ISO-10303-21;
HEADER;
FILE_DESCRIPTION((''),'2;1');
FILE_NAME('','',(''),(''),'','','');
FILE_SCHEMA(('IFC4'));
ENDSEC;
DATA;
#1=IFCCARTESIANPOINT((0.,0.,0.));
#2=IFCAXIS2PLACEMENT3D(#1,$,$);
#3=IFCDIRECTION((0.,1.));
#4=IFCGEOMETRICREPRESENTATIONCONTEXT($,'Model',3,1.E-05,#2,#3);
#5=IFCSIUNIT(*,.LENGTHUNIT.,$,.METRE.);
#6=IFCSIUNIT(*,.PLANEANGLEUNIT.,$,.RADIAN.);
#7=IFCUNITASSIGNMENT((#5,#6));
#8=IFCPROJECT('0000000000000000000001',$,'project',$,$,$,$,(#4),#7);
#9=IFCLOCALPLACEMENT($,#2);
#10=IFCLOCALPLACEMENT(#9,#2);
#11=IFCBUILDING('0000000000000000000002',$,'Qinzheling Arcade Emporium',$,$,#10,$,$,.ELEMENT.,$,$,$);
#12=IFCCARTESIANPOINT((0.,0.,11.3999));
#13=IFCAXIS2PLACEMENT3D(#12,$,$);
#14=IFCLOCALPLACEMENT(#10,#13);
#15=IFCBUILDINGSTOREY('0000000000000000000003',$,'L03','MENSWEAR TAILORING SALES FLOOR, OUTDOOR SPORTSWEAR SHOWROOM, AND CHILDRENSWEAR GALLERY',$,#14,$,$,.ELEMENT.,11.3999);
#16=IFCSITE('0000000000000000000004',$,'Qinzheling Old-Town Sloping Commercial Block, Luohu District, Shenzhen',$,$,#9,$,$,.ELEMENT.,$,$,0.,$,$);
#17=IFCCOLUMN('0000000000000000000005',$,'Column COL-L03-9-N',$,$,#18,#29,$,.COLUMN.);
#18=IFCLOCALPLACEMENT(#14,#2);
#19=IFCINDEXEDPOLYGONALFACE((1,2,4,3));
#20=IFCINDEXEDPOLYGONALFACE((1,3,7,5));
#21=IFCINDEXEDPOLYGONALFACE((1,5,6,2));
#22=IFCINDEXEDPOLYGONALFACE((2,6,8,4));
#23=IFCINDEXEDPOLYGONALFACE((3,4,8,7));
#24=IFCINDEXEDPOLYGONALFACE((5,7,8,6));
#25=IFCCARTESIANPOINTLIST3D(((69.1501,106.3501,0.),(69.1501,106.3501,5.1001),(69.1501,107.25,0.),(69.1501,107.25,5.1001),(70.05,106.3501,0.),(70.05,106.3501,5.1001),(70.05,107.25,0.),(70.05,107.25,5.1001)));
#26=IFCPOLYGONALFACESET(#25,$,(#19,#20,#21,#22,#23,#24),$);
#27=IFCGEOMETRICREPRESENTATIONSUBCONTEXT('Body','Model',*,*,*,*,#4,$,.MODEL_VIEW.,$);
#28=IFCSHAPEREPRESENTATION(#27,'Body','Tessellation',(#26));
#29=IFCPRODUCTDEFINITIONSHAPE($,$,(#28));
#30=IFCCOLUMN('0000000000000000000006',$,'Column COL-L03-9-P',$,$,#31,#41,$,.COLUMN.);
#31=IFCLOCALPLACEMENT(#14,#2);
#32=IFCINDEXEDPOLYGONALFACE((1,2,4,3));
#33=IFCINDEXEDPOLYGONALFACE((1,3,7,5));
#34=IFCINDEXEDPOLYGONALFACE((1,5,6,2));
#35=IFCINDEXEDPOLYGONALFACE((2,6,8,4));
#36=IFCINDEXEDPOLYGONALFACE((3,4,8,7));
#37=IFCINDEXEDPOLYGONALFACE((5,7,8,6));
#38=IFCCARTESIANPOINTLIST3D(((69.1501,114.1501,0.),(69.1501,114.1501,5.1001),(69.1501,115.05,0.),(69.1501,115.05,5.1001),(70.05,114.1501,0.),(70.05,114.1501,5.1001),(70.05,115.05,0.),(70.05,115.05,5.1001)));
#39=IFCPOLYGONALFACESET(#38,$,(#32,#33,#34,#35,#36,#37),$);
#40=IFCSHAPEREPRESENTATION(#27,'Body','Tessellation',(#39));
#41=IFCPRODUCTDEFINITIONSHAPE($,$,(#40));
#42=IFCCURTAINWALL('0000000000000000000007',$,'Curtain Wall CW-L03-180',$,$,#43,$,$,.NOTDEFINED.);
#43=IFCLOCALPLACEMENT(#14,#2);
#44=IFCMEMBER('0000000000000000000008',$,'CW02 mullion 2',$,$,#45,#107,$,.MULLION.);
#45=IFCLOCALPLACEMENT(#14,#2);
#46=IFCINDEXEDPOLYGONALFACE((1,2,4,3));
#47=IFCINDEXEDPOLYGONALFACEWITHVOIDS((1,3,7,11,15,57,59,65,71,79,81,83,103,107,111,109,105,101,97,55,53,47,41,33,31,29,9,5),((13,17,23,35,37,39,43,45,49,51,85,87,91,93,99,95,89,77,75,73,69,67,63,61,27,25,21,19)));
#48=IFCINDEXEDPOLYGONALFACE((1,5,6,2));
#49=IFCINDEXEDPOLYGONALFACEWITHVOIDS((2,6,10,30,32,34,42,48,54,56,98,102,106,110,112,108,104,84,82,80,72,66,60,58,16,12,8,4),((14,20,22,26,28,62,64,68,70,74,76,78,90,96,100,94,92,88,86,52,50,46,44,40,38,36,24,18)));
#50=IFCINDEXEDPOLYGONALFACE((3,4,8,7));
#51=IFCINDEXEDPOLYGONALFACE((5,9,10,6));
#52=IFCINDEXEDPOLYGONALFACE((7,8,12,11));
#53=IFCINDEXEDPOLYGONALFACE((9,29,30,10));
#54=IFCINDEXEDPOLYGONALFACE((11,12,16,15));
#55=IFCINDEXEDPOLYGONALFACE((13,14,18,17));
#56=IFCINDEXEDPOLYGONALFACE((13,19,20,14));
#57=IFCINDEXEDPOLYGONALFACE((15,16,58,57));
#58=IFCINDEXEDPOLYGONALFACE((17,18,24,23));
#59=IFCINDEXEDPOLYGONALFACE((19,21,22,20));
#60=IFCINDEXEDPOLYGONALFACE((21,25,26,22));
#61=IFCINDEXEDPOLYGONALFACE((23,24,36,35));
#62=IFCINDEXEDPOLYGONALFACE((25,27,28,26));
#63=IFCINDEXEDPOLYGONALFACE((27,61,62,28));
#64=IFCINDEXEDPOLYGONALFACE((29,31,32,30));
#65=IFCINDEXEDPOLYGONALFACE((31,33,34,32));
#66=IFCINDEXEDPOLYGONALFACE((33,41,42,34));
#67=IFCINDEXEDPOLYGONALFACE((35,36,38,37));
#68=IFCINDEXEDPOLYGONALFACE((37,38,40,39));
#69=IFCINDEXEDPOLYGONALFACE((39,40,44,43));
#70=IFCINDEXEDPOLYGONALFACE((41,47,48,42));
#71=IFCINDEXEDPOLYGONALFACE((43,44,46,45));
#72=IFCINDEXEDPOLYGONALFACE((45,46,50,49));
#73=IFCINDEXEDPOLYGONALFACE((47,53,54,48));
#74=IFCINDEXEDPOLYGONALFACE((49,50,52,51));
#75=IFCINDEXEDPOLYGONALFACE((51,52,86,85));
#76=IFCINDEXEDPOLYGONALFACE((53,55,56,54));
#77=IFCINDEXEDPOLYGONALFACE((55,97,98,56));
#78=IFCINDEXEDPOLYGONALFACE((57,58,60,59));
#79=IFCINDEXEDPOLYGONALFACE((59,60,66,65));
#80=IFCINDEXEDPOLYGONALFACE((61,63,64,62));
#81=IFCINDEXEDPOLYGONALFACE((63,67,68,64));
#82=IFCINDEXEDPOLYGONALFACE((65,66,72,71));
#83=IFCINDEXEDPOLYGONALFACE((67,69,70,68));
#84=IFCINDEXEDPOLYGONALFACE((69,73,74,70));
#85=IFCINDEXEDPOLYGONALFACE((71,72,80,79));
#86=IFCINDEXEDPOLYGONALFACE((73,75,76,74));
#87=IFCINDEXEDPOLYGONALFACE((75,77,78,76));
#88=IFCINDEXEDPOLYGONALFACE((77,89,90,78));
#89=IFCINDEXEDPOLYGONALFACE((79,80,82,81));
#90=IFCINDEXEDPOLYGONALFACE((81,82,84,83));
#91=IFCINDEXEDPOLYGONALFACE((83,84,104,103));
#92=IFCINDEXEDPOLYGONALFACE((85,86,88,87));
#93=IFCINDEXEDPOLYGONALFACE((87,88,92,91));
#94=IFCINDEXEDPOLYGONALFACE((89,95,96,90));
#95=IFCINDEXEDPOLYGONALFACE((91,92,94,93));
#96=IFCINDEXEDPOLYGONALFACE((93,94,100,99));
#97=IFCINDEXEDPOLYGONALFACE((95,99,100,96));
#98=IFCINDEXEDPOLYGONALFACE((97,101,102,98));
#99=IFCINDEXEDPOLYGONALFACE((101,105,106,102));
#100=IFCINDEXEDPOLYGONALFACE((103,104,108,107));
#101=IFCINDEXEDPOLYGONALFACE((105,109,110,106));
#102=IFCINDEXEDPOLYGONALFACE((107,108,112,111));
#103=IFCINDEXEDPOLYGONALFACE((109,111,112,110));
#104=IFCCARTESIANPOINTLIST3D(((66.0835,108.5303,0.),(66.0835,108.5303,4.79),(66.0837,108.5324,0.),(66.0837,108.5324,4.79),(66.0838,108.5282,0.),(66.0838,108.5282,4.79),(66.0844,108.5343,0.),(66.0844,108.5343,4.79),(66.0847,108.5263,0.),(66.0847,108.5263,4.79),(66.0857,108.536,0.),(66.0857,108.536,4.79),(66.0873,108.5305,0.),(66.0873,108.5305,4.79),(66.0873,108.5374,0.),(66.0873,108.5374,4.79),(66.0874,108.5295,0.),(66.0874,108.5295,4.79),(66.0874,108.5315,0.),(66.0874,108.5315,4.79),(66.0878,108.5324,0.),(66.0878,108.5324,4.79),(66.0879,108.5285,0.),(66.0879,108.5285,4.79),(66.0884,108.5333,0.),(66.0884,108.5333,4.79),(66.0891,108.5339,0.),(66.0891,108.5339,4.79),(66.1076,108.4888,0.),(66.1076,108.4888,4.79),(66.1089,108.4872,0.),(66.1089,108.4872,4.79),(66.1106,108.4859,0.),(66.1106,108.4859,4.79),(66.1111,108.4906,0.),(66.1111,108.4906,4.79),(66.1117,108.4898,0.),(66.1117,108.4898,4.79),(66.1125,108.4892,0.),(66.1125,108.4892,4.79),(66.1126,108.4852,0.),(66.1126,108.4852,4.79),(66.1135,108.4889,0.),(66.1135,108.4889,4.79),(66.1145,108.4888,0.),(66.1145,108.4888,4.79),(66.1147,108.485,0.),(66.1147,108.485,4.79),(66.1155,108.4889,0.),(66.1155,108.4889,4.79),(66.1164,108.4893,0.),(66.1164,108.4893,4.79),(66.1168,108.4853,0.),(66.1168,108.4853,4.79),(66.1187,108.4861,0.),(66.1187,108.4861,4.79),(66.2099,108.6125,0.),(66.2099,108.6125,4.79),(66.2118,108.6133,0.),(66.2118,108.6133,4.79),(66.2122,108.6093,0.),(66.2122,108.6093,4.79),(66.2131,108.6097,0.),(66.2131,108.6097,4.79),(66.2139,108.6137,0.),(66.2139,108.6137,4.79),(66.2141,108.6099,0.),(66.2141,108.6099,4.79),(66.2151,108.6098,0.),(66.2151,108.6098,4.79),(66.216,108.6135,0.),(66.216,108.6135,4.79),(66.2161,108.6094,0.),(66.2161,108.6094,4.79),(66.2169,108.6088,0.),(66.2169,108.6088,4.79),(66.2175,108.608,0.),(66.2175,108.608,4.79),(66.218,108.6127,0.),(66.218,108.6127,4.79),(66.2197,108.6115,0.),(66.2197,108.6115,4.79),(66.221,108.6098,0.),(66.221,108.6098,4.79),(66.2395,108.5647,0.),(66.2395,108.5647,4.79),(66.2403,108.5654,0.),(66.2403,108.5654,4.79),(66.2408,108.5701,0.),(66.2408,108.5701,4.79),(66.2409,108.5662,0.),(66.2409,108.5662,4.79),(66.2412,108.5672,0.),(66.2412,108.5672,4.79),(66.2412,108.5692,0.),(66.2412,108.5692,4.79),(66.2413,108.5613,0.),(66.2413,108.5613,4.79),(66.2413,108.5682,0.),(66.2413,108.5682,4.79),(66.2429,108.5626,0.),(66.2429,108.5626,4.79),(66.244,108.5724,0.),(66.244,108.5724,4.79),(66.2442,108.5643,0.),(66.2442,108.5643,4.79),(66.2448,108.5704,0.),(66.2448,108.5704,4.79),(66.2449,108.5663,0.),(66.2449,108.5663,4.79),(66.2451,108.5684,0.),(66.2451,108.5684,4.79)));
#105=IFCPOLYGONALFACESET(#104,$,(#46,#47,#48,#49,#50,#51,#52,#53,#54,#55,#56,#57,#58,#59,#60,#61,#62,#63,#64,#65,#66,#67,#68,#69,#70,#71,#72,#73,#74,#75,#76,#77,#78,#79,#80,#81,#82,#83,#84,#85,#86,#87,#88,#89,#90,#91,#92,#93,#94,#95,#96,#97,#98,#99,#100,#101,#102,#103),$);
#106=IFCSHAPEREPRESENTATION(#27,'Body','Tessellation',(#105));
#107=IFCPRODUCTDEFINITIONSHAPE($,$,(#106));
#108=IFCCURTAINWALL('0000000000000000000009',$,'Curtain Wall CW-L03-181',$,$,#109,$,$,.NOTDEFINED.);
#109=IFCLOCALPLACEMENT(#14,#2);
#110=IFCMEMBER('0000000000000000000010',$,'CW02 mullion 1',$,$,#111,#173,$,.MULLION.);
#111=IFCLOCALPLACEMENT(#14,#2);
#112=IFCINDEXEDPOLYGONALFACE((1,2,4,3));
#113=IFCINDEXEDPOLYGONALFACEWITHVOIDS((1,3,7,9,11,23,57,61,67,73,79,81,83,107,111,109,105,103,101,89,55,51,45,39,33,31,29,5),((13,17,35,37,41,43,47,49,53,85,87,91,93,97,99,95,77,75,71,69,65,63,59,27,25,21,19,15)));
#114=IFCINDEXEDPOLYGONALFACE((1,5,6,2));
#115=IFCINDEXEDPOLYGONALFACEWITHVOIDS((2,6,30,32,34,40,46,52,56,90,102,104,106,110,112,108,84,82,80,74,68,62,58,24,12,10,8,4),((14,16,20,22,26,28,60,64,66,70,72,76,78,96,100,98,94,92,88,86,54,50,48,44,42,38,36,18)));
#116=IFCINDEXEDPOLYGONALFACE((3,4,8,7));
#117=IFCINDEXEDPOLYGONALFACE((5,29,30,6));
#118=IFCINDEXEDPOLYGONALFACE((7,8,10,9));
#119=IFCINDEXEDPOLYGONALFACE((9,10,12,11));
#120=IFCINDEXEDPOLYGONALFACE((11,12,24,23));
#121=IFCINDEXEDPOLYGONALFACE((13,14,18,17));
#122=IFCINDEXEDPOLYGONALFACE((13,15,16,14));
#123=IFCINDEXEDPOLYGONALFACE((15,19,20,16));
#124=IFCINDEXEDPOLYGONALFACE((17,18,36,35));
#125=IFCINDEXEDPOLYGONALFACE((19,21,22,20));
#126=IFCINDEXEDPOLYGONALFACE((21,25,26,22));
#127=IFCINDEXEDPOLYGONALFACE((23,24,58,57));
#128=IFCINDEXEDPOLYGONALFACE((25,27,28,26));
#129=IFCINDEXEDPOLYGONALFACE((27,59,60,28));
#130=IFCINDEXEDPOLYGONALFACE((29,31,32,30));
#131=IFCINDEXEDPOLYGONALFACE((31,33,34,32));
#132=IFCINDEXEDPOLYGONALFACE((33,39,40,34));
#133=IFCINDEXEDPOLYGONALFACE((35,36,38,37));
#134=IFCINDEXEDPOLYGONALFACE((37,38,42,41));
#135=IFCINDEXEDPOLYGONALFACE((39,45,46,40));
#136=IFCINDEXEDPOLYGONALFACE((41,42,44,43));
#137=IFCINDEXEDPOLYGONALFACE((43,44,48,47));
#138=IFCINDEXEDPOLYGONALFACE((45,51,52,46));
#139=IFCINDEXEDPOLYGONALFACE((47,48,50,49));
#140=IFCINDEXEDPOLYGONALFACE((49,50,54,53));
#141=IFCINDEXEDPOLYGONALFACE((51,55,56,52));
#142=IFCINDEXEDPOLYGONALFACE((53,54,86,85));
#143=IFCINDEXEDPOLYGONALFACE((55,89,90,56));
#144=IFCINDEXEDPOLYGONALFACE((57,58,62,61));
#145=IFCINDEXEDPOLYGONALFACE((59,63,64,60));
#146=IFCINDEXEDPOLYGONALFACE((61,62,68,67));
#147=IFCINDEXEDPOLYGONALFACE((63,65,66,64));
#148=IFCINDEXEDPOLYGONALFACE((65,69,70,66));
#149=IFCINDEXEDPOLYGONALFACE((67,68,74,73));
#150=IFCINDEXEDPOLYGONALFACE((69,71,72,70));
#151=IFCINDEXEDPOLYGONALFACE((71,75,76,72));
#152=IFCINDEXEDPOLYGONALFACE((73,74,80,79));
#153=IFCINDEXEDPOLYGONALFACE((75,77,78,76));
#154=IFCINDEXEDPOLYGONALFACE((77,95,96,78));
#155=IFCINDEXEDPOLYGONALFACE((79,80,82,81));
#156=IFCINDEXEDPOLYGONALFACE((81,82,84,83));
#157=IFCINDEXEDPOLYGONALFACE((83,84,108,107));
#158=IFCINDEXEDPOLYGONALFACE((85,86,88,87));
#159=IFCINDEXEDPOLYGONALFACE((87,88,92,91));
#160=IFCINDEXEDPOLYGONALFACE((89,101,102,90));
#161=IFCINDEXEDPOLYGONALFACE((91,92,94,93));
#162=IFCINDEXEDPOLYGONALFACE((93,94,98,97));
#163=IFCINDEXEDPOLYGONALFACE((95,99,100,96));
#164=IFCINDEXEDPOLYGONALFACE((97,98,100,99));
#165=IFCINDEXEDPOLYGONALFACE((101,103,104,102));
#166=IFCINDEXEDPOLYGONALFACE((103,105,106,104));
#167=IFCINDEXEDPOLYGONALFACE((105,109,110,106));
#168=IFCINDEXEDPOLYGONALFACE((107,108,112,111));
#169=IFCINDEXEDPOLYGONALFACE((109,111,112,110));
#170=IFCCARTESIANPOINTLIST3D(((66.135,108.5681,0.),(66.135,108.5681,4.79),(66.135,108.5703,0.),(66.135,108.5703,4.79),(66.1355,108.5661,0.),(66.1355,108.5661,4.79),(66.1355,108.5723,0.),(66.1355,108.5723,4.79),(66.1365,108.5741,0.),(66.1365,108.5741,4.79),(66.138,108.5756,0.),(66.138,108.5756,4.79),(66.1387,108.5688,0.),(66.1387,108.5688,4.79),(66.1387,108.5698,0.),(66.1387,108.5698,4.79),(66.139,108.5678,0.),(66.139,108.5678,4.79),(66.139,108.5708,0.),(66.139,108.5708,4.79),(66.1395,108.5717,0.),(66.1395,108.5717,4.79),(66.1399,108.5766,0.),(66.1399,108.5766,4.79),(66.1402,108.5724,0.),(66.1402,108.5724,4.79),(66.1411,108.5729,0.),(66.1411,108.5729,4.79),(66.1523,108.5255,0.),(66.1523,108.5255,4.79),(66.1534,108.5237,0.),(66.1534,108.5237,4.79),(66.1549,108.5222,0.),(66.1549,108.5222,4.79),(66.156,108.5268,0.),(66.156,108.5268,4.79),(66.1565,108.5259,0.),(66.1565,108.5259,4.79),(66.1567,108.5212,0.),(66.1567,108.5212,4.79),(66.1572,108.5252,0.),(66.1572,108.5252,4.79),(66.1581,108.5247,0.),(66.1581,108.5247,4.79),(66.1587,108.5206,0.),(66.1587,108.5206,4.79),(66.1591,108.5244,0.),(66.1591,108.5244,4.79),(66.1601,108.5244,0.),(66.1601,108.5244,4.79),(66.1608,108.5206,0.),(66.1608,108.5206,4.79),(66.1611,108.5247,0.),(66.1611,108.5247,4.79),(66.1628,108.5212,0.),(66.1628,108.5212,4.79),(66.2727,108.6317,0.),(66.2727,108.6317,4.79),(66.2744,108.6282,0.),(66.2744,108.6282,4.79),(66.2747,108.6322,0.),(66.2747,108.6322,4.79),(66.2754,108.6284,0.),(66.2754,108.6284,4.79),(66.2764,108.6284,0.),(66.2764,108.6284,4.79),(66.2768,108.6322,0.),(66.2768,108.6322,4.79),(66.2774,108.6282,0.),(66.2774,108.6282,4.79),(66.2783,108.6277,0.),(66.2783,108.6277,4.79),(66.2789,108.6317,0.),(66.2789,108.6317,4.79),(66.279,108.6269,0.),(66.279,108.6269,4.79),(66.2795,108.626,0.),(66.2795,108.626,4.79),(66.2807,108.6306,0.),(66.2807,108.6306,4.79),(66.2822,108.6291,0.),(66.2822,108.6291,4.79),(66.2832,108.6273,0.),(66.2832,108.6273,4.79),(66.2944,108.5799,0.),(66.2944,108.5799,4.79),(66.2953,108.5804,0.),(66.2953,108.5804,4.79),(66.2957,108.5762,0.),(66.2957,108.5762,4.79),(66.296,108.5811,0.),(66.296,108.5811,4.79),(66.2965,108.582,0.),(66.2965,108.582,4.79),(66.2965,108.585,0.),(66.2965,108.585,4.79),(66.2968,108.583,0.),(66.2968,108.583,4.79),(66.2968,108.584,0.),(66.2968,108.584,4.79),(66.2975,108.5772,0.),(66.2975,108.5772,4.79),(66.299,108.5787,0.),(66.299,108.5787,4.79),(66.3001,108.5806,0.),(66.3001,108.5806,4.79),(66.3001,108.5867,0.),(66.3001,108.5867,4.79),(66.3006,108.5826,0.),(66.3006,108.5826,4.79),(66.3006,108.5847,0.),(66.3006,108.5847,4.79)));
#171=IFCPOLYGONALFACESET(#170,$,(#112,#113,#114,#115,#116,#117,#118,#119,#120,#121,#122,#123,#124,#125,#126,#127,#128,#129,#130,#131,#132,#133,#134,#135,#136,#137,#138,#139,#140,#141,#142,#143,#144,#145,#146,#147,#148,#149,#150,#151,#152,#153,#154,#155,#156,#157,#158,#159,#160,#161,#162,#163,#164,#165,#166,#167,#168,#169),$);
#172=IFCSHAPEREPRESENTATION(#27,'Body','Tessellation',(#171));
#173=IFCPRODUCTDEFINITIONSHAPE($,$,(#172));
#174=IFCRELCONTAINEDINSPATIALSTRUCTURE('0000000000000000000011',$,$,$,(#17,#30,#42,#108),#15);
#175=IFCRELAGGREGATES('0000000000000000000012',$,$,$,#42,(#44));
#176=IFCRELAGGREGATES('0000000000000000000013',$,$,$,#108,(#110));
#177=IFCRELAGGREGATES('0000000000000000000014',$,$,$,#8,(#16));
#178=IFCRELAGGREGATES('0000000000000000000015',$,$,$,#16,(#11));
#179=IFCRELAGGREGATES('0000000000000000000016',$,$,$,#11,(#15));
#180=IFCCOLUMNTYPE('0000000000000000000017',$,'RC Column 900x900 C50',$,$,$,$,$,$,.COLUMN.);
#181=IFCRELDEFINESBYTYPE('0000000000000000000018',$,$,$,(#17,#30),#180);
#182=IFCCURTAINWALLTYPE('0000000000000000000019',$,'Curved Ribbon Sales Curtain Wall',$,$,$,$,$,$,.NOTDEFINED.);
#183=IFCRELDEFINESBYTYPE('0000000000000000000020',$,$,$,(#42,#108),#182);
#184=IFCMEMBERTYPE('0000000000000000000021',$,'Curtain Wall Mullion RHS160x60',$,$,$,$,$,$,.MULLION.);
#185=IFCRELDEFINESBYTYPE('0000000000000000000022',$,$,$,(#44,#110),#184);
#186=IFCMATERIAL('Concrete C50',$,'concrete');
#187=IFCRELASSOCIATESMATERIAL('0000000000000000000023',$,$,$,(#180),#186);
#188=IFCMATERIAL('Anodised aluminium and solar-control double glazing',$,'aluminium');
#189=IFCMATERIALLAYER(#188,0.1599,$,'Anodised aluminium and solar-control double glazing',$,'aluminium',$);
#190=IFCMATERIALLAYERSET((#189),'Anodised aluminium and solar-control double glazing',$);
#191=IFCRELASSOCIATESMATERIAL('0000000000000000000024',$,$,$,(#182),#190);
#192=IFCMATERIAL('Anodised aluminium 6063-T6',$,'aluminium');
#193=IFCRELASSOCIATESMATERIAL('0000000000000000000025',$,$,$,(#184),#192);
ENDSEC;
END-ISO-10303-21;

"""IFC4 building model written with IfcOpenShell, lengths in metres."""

from ifc_helpers import new_model, si_unit, direction, frame, origin, origin_2d, place, context, subcontext, project, spatial, rectangle, hollow_rectangle, extrude, material, layer, layer_set, material_profile, profile_set, type_object, element, aggregate, save


model = new_model("IFC4")

# Units and contexts
model_context = context("Model", 3, precision=1e-05, world=origin(), true_north=direction((0.0, 1.0)))
body_context = subcontext(model_context, "Body", "Model", "MODEL_VIEW")
ifc_project = project(units=[si_unit("LENGTHUNIT", "METRE"), si_unit("PLANEANGLEUNIT", "RADIAN")], contexts=[model_context])

# Site, building, storey
site_placement = place(None, origin())
site = spatial("IfcSite", under=ifc_project, at=site_placement, Name="Qinzheling Old-Town Sloping Commercial Block, Luohu District, Shenzhen", CompositionType="ELEMENT", RefElevation=0.0)
building_placement = place(site_placement, origin())
building = spatial("IfcBuilding", under=site, at=building_placement, Name="Qinzheling Arcade Emporium", CompositionType="ELEMENT")
storey_placement = place(building_placement, frame((0.0, 0.0, 11.3999)))
storey = spatial("IfcBuildingStorey", under=building, at=storey_placement, Name="L03", Description="MENSWEAR TAILORING SALES FLOOR, OUTDOOR SPORTSWEAR SHOWROOM, AND CHILDRENSWEAR GALLERY", CompositionType="ELEMENT", Elevation=11.3999)

# Columns
ifc_material_1 = material(Name="Concrete C50", Category="concrete")
ifc_material_profile_1 = material_profile(ifc_material_1, rectangle(XDim=0.8999, YDim=0.8999, at=origin_2d()), Name="RC 900x900", Category="concrete")
ifc_profile_set_1 = profile_set([ifc_material_profile_1], Name="Concrete C50")
column_type = type_object("IfcColumnType", Name="RC Column 900x900 C50", PredefinedType="COLUMN", material=ifc_profile_set_1)
for number, where, z_axis, x_axis, name in (
    (1, (69.6001, 106.8, 0.0), (0.0, 0.0, 1.0), (1.0, 0.0, 0.0), "Column COL-L03-9-N"),
    (2, (69.6001, 114.6001, 0.0), (0.0, 0.0, 1.0), (1.0, 0.0, 0.0), "Column COL-L03-9-P"),
):
    element("IfcColumn", number, at=place(storey_placement, frame(where, z_axis=z_axis, x_axis=x_axis)), inside=storey, type_object=column_type, Name=name, PredefinedType="COLUMN", context=body_context, shape_type="SweptSolid", body=[
        extrude(rectangle(XDim=0.8999, YDim=0.8999, at=origin_2d()), origin(), (0.0, 0.0, 1.0), 5.1001),
    ])

# Curtain wall, member
ifc_material_2 = material(Name="Anodised aluminium and solar-control double glazing", Category="aluminium")
ifc_layer_1 = layer(ifc_material_2, 0.1599, Name="Anodised aluminium and solar-control double glazing", Category="aluminium")
ifc_layer_set_1 = layer_set([ifc_layer_1], Name="Anodised aluminium and solar-control double glazing")
curtain_wall_type = type_object("IfcCurtainWallType", Name="Curved Ribbon Sales Curtain Wall", PredefinedType="NOTDEFINED", material=ifc_layer_set_1)
curtain_wall_1_placement = place(storey_placement, origin())
curtain_wall_1 = element("IfcCurtainWall", 3, at=curtain_wall_1_placement, inside=storey, type_object=curtain_wall_type, Name="Curtain Wall CW-L03-180", PredefinedType="NOTDEFINED")
ifc_material_3 = material(Name="Anodised aluminium 6063-T6", Category="aluminium")
ifc_material_profile_2 = material_profile(ifc_material_3, hollow_rectangle(XDim=0.0601, YDim=0.1599, WallThickness=0.0039, InnerFilletRadius=0.0039, OuterFilletRadius=0.0081, at=origin_2d()), Name="RHS 160x60x4", Category="aluminium")
ifc_profile_set_2 = profile_set([ifc_material_profile_2], Name="Anodised aluminium 6063-T6")
member_type_1 = type_object("IfcMemberType", Name="Curtain Wall Mullion RHS160x60", PredefinedType="MULLION", material=ifc_profile_set_2)
member_1_placement = place(storey_placement, frame((66.1643, 108.5493, 0.0), z_axis=(0.0, 0.0, 1.0), x_axis=(-0.522532, 0.85262, 0.0)))
member_1 = element("IfcMember", 4, at=member_1_placement, type_object=member_type_1, Name="CW02 mullion 2", PredefinedType="MULLION", context=body_context, shape_type="SweptSolid", body=[
    extrude(hollow_rectangle(XDim=0.0601, YDim=0.1599, WallThickness=0.0039, InnerFilletRadius=0.0039, OuterFilletRadius=0.0081, at=origin_2d()), origin(), (0.0, 0.0, 1.0), 4.79),
])

# Curtain wall, member
curtain_wall_2_placement = place(storey_placement, origin())
curtain_wall_2 = element("IfcCurtainWall", 5, at=curtain_wall_2_placement, inside=storey, type_object=curtain_wall_type, Name="Curtain Wall CW-L03-181", PredefinedType="NOTDEFINED")
member_2_placement = place(storey_placement, frame((66.2178, 108.5764, 0.0), z_axis=(0.0, 0.0, 1.0), x_axis=(-0.382714, 0.923867, 0.0)))
member_2 = element("IfcMember", 6, at=member_2_placement, type_object=member_type_1, Name="CW02 mullion 1", PredefinedType="MULLION", context=body_context, shape_type="SweptSolid", body=[
    extrude(hollow_rectangle(XDim=0.0601, YDim=0.1599, WallThickness=0.0039, InnerFilletRadius=0.0039, OuterFilletRadius=0.0081, at=origin_2d()), origin(), (0.0, 0.0, 1.0), 4.79),
])

aggregate(curtain_wall_1, [member_1])
aggregate(curtain_wall_2, [member_2])

save(model, "model.ifc")
